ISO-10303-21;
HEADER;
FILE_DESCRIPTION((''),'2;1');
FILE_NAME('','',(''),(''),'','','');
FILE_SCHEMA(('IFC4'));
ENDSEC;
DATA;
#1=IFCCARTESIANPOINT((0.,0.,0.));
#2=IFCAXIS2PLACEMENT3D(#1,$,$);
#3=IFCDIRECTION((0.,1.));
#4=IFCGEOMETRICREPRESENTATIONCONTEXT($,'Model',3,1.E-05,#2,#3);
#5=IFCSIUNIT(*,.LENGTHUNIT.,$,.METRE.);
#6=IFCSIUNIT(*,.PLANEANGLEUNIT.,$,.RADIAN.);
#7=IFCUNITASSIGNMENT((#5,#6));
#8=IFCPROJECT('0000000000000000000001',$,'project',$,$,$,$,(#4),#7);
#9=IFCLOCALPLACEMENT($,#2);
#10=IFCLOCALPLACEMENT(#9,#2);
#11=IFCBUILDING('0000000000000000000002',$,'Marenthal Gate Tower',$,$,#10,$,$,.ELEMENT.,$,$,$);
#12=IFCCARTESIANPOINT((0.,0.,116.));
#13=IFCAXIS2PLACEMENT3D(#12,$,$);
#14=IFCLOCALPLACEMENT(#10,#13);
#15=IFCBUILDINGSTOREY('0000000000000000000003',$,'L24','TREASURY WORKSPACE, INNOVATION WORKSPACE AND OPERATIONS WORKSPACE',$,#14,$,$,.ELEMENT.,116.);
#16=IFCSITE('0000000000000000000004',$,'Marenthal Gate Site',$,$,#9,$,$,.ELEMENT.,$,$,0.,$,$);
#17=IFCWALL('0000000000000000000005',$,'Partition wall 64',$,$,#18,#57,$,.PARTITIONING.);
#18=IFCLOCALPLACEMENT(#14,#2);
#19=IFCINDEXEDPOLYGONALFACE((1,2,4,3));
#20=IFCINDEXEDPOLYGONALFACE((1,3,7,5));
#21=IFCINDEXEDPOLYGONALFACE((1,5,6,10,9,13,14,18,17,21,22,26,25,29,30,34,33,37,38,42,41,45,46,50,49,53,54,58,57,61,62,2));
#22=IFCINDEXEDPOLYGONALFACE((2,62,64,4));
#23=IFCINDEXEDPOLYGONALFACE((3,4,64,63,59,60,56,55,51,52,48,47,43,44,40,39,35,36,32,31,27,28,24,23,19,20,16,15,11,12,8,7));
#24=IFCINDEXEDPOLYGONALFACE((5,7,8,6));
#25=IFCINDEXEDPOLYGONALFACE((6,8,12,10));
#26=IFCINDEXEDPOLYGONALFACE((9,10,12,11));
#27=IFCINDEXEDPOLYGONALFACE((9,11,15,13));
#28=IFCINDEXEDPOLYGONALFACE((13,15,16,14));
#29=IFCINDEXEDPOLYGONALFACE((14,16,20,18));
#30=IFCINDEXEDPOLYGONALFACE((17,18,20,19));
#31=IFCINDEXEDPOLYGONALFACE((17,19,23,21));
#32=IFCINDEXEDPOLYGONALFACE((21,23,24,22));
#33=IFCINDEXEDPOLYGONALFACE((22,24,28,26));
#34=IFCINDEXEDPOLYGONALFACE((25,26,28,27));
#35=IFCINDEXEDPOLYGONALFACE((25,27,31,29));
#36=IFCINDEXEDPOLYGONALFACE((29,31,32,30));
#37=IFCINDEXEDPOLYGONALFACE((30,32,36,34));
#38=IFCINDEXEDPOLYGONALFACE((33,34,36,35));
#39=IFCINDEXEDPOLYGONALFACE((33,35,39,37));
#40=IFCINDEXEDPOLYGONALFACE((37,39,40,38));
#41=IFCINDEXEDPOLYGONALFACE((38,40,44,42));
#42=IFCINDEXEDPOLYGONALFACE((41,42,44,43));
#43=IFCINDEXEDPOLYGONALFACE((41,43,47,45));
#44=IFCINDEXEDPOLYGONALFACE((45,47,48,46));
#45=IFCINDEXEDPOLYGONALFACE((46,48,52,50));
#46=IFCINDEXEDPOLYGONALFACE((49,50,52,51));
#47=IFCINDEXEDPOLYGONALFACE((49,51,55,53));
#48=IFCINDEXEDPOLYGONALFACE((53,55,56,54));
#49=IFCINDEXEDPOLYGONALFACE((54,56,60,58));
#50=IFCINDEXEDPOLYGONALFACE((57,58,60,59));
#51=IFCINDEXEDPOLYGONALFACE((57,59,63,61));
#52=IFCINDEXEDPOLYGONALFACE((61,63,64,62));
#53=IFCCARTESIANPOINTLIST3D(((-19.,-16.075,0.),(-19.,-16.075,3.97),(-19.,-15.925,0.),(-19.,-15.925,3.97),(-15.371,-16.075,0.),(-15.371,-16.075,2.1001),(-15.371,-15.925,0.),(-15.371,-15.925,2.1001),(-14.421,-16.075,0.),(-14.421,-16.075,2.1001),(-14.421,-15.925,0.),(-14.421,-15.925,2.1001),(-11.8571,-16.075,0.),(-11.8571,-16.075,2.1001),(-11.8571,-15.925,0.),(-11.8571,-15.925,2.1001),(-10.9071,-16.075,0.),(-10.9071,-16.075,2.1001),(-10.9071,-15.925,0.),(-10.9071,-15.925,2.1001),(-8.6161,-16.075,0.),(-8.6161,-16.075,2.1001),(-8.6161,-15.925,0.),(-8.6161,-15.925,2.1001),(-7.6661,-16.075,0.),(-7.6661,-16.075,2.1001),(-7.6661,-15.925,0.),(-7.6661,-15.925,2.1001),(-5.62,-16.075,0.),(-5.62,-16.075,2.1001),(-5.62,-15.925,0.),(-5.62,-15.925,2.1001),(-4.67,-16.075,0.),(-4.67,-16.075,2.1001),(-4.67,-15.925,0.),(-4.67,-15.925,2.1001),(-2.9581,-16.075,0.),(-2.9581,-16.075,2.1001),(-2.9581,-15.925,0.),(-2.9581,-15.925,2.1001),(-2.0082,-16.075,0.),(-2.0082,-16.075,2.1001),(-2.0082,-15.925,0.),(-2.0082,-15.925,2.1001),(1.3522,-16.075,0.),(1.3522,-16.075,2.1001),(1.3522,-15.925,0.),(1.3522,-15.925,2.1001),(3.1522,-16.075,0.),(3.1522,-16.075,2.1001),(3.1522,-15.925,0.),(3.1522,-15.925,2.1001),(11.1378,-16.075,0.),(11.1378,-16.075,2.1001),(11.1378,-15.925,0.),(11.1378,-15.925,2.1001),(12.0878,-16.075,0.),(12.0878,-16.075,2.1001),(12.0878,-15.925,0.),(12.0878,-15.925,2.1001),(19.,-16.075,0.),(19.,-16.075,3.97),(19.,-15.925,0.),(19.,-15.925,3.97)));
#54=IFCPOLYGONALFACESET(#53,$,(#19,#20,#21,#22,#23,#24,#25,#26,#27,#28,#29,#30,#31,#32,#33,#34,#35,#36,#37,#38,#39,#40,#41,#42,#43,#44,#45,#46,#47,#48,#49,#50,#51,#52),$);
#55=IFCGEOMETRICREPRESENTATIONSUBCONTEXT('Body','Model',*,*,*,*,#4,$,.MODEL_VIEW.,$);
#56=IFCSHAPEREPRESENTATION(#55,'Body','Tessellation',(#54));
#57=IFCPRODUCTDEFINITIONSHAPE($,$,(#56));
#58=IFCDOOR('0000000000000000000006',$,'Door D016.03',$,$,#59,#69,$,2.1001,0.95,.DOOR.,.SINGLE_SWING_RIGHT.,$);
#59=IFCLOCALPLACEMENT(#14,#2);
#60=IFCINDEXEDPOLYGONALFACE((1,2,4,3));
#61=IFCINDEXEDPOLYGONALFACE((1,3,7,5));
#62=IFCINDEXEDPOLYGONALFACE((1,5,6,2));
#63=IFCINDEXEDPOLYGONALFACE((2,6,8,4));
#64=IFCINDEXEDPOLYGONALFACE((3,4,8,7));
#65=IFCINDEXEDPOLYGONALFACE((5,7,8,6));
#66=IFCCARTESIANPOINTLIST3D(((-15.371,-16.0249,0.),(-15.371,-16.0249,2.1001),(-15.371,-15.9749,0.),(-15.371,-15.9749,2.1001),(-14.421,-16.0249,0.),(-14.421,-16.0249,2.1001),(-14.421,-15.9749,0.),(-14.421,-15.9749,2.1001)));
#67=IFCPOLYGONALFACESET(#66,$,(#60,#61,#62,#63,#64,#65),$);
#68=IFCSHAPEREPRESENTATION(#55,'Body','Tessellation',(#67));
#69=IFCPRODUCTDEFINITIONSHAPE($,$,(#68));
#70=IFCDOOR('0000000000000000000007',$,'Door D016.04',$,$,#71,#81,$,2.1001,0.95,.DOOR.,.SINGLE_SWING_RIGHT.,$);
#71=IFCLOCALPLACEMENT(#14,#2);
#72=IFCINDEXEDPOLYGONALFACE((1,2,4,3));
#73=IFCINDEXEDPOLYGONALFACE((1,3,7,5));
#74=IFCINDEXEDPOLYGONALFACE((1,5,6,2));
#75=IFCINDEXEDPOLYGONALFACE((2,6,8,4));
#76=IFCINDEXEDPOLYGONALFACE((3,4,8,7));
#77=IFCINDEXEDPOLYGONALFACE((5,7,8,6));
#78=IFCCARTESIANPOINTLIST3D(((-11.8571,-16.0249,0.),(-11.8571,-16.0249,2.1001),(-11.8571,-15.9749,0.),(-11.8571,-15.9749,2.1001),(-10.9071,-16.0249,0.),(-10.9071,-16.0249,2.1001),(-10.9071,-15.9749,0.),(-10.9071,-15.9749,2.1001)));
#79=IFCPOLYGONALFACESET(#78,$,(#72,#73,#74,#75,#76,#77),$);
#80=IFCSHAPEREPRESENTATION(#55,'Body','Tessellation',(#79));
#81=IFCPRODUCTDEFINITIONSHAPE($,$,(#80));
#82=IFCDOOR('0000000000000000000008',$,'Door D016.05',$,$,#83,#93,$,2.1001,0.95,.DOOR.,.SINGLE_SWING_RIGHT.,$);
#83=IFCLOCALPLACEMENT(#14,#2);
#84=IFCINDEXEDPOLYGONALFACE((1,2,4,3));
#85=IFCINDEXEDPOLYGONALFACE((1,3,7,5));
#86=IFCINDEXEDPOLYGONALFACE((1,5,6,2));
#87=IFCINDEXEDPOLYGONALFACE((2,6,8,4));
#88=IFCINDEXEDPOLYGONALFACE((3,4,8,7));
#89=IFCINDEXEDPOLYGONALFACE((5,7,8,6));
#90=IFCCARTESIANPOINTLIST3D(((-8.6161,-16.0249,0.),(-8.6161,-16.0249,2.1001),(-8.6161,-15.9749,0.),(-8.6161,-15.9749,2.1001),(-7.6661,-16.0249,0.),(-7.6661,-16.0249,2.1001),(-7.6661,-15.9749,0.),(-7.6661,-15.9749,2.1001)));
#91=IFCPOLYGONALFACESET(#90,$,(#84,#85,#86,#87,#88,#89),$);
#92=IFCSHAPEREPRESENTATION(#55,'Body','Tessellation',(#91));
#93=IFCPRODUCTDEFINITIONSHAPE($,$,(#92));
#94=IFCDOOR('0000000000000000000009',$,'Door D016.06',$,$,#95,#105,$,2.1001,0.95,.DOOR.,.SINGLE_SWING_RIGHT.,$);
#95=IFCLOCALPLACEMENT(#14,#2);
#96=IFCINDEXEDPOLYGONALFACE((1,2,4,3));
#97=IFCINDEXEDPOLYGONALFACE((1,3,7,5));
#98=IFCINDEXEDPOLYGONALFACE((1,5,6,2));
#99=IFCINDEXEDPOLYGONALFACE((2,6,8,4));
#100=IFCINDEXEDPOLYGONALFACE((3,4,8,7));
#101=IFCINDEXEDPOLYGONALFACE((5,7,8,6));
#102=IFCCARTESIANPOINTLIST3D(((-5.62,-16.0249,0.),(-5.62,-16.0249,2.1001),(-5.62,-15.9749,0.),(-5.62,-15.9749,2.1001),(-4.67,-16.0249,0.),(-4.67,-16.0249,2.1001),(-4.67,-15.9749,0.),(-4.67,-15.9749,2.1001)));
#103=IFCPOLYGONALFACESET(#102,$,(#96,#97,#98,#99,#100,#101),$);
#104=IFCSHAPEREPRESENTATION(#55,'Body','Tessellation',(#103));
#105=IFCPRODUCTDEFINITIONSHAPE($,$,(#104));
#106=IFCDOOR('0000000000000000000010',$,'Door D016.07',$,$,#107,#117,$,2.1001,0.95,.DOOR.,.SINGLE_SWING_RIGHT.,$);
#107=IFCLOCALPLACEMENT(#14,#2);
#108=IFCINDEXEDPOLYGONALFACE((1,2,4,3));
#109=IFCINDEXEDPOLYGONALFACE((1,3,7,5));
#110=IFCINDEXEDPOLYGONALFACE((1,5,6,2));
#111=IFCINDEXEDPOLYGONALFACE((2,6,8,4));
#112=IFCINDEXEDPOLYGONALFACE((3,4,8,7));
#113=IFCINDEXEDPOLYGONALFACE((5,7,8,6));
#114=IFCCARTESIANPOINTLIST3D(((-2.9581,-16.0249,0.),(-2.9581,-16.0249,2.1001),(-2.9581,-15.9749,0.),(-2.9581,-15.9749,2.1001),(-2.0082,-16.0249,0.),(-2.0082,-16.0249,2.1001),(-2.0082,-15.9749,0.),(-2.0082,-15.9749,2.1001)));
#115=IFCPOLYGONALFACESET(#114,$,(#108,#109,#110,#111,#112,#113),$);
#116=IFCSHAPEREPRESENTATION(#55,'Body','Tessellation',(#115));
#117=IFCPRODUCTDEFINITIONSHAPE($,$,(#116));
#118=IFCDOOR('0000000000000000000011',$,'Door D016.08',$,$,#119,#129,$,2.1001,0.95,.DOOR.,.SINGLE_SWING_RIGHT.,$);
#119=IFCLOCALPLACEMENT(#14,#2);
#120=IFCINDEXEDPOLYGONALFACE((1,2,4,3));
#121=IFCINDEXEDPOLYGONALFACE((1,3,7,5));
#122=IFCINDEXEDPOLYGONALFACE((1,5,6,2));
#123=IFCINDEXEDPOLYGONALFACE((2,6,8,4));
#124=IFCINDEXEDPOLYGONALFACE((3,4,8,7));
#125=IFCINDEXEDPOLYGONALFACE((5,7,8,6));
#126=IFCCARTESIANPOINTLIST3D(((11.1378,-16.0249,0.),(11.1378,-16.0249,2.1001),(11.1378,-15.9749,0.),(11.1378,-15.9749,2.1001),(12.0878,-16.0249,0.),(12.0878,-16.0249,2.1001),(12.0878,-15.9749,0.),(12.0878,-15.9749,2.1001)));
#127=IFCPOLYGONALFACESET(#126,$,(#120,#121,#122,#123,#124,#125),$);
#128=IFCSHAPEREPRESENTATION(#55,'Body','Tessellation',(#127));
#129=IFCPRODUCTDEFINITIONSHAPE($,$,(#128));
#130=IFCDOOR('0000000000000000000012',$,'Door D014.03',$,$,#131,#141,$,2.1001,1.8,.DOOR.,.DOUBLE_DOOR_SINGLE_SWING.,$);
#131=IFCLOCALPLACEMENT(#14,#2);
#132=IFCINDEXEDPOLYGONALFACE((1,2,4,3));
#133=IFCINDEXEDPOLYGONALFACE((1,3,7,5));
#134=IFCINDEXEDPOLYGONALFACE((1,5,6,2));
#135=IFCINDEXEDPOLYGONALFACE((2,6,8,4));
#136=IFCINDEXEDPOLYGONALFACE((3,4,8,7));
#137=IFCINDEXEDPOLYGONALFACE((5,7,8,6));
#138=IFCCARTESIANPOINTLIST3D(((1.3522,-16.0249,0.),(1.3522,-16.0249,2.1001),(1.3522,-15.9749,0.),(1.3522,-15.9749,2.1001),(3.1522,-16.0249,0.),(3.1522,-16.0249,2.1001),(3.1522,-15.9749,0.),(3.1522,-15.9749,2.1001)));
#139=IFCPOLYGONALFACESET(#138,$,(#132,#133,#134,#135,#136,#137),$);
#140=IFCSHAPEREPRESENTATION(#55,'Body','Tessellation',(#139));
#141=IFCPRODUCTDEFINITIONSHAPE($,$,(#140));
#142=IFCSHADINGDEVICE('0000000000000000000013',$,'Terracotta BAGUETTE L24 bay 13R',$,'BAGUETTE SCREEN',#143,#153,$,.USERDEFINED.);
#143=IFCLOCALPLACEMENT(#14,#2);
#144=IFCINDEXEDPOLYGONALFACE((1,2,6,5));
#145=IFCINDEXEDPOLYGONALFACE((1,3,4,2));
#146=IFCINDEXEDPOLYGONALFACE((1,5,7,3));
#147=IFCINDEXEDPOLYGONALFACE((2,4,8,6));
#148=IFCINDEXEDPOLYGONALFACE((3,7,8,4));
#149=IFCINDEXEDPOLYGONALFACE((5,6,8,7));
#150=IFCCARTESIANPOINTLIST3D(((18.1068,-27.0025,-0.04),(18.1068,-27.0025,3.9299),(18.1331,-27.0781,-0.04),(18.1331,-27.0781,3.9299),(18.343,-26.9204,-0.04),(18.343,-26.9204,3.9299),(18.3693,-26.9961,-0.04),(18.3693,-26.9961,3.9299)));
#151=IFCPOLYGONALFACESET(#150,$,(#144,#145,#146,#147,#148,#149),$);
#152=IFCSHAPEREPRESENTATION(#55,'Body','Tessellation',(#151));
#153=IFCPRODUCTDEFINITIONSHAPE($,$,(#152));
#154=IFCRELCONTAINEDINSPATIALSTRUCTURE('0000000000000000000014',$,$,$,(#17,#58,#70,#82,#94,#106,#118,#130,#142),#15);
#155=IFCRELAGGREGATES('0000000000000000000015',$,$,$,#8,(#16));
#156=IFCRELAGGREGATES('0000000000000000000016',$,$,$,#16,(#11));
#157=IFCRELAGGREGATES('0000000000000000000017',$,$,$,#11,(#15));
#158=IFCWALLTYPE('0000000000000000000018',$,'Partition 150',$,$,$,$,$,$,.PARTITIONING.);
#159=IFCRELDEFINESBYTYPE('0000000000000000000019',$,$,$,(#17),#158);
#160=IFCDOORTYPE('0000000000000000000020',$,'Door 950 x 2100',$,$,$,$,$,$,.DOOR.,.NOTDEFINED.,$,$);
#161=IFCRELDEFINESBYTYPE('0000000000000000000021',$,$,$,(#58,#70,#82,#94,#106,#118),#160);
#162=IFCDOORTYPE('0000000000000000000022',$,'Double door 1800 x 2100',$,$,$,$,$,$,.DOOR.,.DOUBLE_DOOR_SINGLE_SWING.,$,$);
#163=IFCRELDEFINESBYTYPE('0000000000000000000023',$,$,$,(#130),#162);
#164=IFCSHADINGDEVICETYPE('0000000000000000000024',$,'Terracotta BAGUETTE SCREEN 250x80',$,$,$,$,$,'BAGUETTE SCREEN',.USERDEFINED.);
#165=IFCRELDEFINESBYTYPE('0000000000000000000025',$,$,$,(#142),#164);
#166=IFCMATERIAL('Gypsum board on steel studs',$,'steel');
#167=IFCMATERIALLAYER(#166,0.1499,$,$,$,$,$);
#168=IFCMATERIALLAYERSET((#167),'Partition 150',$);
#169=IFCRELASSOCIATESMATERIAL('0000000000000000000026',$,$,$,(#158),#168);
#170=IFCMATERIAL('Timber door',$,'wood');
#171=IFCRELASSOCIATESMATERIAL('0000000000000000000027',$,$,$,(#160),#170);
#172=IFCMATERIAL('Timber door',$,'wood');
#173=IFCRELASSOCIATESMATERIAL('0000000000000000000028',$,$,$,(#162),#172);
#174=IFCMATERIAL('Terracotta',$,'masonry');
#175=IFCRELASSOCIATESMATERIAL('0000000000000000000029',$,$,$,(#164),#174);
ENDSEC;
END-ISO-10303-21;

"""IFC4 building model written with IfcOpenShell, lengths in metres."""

from ifc_helpers import new_model, si_unit, direction, frame, frame_2d, origin, origin_2d, place, context, subcontext, project, spatial, rectangle, extrude, material, layer, layer_set, material_profile, profile_set, type_object, element, fill, save


model = new_model("IFC4")

# Units and contexts
model_context = context("Model", 3, precision=1e-05, world=origin(), true_north=direction((0.0, 1.0)))
body_context = subcontext(model_context, "Body", "Model", "MODEL_VIEW")
ifc_project = project(units=[si_unit("LENGTHUNIT", "METRE"), si_unit("PLANEANGLEUNIT", "RADIAN")], contexts=[model_context])

# Site, building, storey
site_placement = place(None, origin())
site = spatial("IfcSite", under=ifc_project, at=site_placement, Name="Marenthal Gate Site", CompositionType="ELEMENT", RefElevation=0.0)
building_placement = place(site_placement, origin())
building = spatial("IfcBuilding", under=site, at=building_placement, Name="Marenthal Gate Tower", CompositionType="ELEMENT")
storey_placement = place(building_placement, frame((0.0, 0.0, 116.0)))
storey = spatial("IfcBuildingStorey", under=building, at=storey_placement, Name="L24", Description="TREASURY WORKSPACE, INNOVATION WORKSPACE AND OPERATIONS WORKSPACE", CompositionType="ELEMENT", Elevation=116.0)

# Wall, openings, doors
ifc_material_1 = material(Name="Gypsum board on steel studs", Category="steel")
ifc_layer_1 = layer(ifc_material_1, 0.1499)
ifc_layer_set_1 = layer_set([ifc_layer_1], Name="Partition 150")
wall_type_1 = type_object("IfcWallType", Name="Partition 150", PredefinedType="PARTITIONING", material=ifc_layer_set_1)
wall_1_placement = place(storey_placement, frame((19.0, -16.0, 0.0), z_axis=(0.0, 0.0, 1.0), x_axis=(-1.0, 0.0, 0.0)))
wall_1 = element("IfcWall", 1, at=wall_1_placement, inside=storey, type_object=wall_type_1, Name="Partition wall 64", PredefinedType="PARTITIONING", context=body_context, shape_type="SweptSolid", body=[
    extrude(rectangle(XDim=38.0, YDim=0.1499, at=frame_2d((19.0, 0.0))), origin(), (0.0, 0.0, 1.0), 3.97),
])
opening_1_placement = place(wall_1_placement, frame((33.4209, 0.0, 0.0)))
opening_1 = element("IfcOpeningElement", 2, at=opening_1_placement, cuts=wall_1, PredefinedType="OPENING", context=body_context, shape_type="SweptSolid", body=[
    extrude(rectangle(XDim=0.95, YDim=2.1001, at=frame_2d((0.4751, 1.05))), frame((0.0, 0.085, 0.0), z_axis=(0.0, -1.0, 0.0), x_axis=(1.0, 0.0, 0.0)), (0.0, 0.0, 1.0), 0.1699),
])
opening_2_placement = place(wall_1_placement, frame((29.907, 0.0, 0.0)))
opening_2 = element("IfcOpeningElement", 3, at=opening_2_placement, cuts=wall_1, PredefinedType="OPENING", context=body_context, shape_type="SweptSolid", body=[
    extrude(rectangle(XDim=0.95, YDim=2.1001, at=frame_2d((0.4751, 1.05))), frame((0.0, 0.085, 0.0), z_axis=(0.0, -1.0, 0.0), x_axis=(1.0, 0.0, 0.0)), (0.0, 0.0, 1.0), 0.1699),
])
opening_3_placement = place(wall_1_placement, frame((26.666, 0.0, 0.0)))
opening_3 = element("IfcOpeningElement", 4, at=opening_3_placement, cuts=wall_1, PredefinedType="OPENING", context=body_context, shape_type="SweptSolid", body=[
    extrude(rectangle(XDim=0.95, YDim=2.1001, at=frame_2d((0.4751, 1.05))), frame((0.0, 0.085, 0.0), z_axis=(0.0, -1.0, 0.0), x_axis=(1.0, 0.0, 0.0)), (0.0, 0.0, 1.0), 0.1699),
])
opening_4_placement = place(wall_1_placement, frame((23.6699, 0.0, 0.0)))
opening_4 = element("IfcOpeningElement", 5, at=opening_4_placement, cuts=wall_1, PredefinedType="OPENING", context=body_context, shape_type="SweptSolid", body=[
    extrude(rectangle(XDim=0.95, YDim=2.1001, at=frame_2d((0.4751, 1.05))), frame((0.0, 0.085, 0.0), z_axis=(0.0, -1.0, 0.0), x_axis=(1.0, 0.0, 0.0)), (0.0, 0.0, 1.0), 0.1699),
])
opening_5_placement = place(wall_1_placement, frame((21.0081, 0.0, 0.0)))
opening_5 = element("IfcOpeningElement", 6, at=opening_5_placement, cuts=wall_1, PredefinedType="OPENING", context=body_context, shape_type="SweptSolid", body=[
    extrude(rectangle(XDim=0.95, YDim=2.1001, at=frame_2d((0.4751, 1.05))), frame((0.0, 0.085, 0.0), z_axis=(0.0, -1.0, 0.0), x_axis=(1.0, 0.0, 0.0)), (0.0, 0.0, 1.0), 0.1699),
])
opening_6_placement = place(wall_1_placement, frame((6.9121, 0.0, 0.0)))
opening_6 = element("IfcOpeningElement", 7, at=opening_6_placement, cuts=wall_1, PredefinedType="OPENING", context=body_context, shape_type="SweptSolid", body=[
    extrude(rectangle(XDim=0.95, YDim=2.1001, at=frame_2d((0.4751, 1.05))), frame((0.0, 0.085, 0.0), z_axis=(0.0, -1.0, 0.0), x_axis=(1.0, 0.0, 0.0)), (0.0, 0.0, 1.0), 0.1699),
])
opening_7_placement = place(wall_1_placement, frame((15.8479, 0.0, 0.0)))
opening_7 = element("IfcOpeningElement", 8, at=opening_7_placement, cuts=wall_1, PredefinedType="OPENING", context=body_context, shape_type="SweptSolid", body=[
    extrude(rectangle(XDim=1.8, YDim=2.1001, at=frame_2d((0.8999, 1.05))), frame((0.0, 0.085, 0.0), z_axis=(0.0, -1.0, 0.0), x_axis=(1.0, 0.0, 0.0)), (0.0, 0.0, 1.0), 0.1699),
])
ifc_material_2 = material(Name="Timber door", Category="wood")
door_type_1 = type_object("IfcDoorType", Name="Door 950 x 2100", OperationType="NOTDEFINED", PredefinedType="DOOR", material=ifc_material_2)
door_1_placement = place(opening_1_placement, origin())
door_1 = element("IfcDoor", 9, at=door_1_placement, inside=storey, type_object=door_type_1, Name="Door D016.03", OperationType="SINGLE_SWING_RIGHT", OverallHeight=2.1001, OverallWidth=0.95, PredefinedType="DOOR", context=body_context, shape_type="SweptSolid", body=[
    extrude(rectangle(XDim=0.95, YDim=2.1001, at=frame_2d((0.4751, 1.05))), frame((0.0, 0.0249, 0.0), z_axis=(0.0, -1.0, 0.0), x_axis=(1.0, 0.0, 0.0)), (0.0, 0.0, 1.0), 0.05),
])
fill(opening_1, door_1)
door_2_placement = place(opening_2_placement, origin())
door_2 = element("IfcDoor", 10, at=door_2_placement, inside=storey, type_object=door_type_1, Name="Door D016.04", OperationType="SINGLE_SWING_RIGHT", OverallHeight=2.1001, OverallWidth=0.95, PredefinedType="DOOR", context=body_context, shape_type="SweptSolid", body=[
    extrude(rectangle(XDim=0.95, YDim=2.1001, at=frame_2d((0.4751, 1.05))), frame((0.0, 0.0249, 0.0), z_axis=(0.0, -1.0, 0.0), x_axis=(1.0, 0.0, 0.0)), (0.0, 0.0, 1.0), 0.05),
])
fill(opening_2, door_2)
door_3_placement = place(opening_3_placement, origin())
door_3 = element("IfcDoor", 11, at=door_3_placement, inside=storey, type_object=door_type_1, Name="Door D016.05", OperationType="SINGLE_SWING_RIGHT", OverallHeight=2.1001, OverallWidth=0.95, PredefinedType="DOOR", context=body_context, shape_type="SweptSolid", body=[
    extrude(rectangle(XDim=0.95, YDim=2.1001, at=frame_2d((0.4751, 1.05))), frame((0.0, 0.0249, 0.0), z_axis=(0.0, -1.0, 0.0), x_axis=(1.0, 0.0, 0.0)), (0.0, 0.0, 1.0), 0.05),
])
fill(opening_3, door_3)
door_4_placement = place(opening_4_placement, origin())
door_4 = element("IfcDoor", 12, at=door_4_placement, inside=storey, type_object=door_type_1, Name="Door D016.06", OperationType="SINGLE_SWING_RIGHT", OverallHeight=2.1001, OverallWidth=0.95, PredefinedType="DOOR", context=body_context, shape_type="SweptSolid", body=[
    extrude(rectangle(XDim=0.95, YDim=2.1001, at=frame_2d((0.4751, 1.05))), frame((0.0, 0.0249, 0.0), z_axis=(0.0, -1.0, 0.0), x_axis=(1.0, 0.0, 0.0)), (0.0, 0.0, 1.0), 0.05),
])
fill(opening_4, door_4)
door_5_placement = place(opening_5_placement, origin())
door_5 = element("IfcDoor", 13, at=door_5_placement, inside=storey, type_object=door_type_1, Name="Door D016.07", OperationType="SINGLE_SWING_RIGHT", OverallHeight=2.1001, OverallWidth=0.95, PredefinedType="DOOR", context=body_context, shape_type="SweptSolid", body=[
    extrude(rectangle(XDim=0.95, YDim=2.1001, at=frame_2d((0.4751, 1.05))), frame((0.0, 0.0249, 0.0), z_axis=(0.0, -1.0, 0.0), x_axis=(1.0, 0.0, 0.0)), (0.0, 0.0, 1.0), 0.05),
])
fill(opening_5, door_5)
door_6_placement = place(opening_6_placement, origin())
door_6 = element("IfcDoor", 14, at=door_6_placement, inside=storey, type_object=door_type_1, Name="Door D016.08", OperationType="SINGLE_SWING_RIGHT", OverallHeight=2.1001, OverallWidth=0.95, PredefinedType="DOOR", context=body_context, shape_type="SweptSolid", body=[
    extrude(rectangle(XDim=0.95, YDim=2.1001, at=frame_2d((0.4751, 1.05))), frame((0.0, 0.0249, 0.0), z_axis=(0.0, -1.0, 0.0), x_axis=(1.0, 0.0, 0.0)), (0.0, 0.0, 1.0), 0.05),
])
fill(opening_6, door_6)
ifc_material_3 = material(Name="Timber door", Category="wood")
door_type_2 = type_object("IfcDoorType", Name="Double door 1800 x 2100", OperationType="DOUBLE_DOOR_SINGLE_SWING", PredefinedType="DOOR", material=ifc_material_3)
door_7_placement = place(opening_7_placement, origin())
door_7 = element("IfcDoor", 15, at=door_7_placement, inside=storey, type_object=door_type_2, Name="Door D014.03", OperationType="DOUBLE_DOOR_SINGLE_SWING", OverallHeight=2.1001, OverallWidth=1.8, PredefinedType="DOOR", context=body_context, shape_type="SweptSolid", body=[
    extrude(rectangle(XDim=1.8, YDim=2.1001, at=frame_2d((0.8999, 1.05))), frame((0.0, 0.0249, 0.0), z_axis=(0.0, -1.0, 0.0), x_axis=(1.0, 0.0, 0.0)), (0.0, 0.0, 1.0), 0.05),
])
fill(opening_7, door_7)

# Shading device
ifc_material_4 = material(Name="Terracotta", Category="masonry")
ifc_material_profile_1 = material_profile(ifc_material_4, rectangle(XDim=0.25, YDim=0.0801, at=origin_2d()), Name="Terracotta baguette 250x80")
ifc_profile_set_1 = profile_set([ifc_material_profile_1], Name="Terracotta")
shading_device_type = type_object("IfcShadingDeviceType", Name="Terracotta BAGUETTE SCREEN 250x80", ElementType="BAGUETTE SCREEN", PredefinedType="USERDEFINED", material=ifc_profile_set_1)
shading_device_placement = place(storey_placement, frame((18.238, -26.9993, -0.04), z_axis=(0.0, 0.0, 1.0), x_axis=(0.944597, 0.328231, 0.0)))
element("IfcShadingDevice", 16, at=shading_device_placement, inside=storey, type_object=shading_device_type, Name="Terracotta BAGUETTE L24 bay 13R", ObjectType="BAGUETTE SCREEN", PredefinedType="USERDEFINED", context=body_context, shape_type="SweptSolid", body=[
    extrude(rectangle(XDim=0.25, YDim=0.0801, at=origin_2d()), origin(), (0.0, 0.0, 1.0), 3.97),
])

save(model, "model.ifc")
